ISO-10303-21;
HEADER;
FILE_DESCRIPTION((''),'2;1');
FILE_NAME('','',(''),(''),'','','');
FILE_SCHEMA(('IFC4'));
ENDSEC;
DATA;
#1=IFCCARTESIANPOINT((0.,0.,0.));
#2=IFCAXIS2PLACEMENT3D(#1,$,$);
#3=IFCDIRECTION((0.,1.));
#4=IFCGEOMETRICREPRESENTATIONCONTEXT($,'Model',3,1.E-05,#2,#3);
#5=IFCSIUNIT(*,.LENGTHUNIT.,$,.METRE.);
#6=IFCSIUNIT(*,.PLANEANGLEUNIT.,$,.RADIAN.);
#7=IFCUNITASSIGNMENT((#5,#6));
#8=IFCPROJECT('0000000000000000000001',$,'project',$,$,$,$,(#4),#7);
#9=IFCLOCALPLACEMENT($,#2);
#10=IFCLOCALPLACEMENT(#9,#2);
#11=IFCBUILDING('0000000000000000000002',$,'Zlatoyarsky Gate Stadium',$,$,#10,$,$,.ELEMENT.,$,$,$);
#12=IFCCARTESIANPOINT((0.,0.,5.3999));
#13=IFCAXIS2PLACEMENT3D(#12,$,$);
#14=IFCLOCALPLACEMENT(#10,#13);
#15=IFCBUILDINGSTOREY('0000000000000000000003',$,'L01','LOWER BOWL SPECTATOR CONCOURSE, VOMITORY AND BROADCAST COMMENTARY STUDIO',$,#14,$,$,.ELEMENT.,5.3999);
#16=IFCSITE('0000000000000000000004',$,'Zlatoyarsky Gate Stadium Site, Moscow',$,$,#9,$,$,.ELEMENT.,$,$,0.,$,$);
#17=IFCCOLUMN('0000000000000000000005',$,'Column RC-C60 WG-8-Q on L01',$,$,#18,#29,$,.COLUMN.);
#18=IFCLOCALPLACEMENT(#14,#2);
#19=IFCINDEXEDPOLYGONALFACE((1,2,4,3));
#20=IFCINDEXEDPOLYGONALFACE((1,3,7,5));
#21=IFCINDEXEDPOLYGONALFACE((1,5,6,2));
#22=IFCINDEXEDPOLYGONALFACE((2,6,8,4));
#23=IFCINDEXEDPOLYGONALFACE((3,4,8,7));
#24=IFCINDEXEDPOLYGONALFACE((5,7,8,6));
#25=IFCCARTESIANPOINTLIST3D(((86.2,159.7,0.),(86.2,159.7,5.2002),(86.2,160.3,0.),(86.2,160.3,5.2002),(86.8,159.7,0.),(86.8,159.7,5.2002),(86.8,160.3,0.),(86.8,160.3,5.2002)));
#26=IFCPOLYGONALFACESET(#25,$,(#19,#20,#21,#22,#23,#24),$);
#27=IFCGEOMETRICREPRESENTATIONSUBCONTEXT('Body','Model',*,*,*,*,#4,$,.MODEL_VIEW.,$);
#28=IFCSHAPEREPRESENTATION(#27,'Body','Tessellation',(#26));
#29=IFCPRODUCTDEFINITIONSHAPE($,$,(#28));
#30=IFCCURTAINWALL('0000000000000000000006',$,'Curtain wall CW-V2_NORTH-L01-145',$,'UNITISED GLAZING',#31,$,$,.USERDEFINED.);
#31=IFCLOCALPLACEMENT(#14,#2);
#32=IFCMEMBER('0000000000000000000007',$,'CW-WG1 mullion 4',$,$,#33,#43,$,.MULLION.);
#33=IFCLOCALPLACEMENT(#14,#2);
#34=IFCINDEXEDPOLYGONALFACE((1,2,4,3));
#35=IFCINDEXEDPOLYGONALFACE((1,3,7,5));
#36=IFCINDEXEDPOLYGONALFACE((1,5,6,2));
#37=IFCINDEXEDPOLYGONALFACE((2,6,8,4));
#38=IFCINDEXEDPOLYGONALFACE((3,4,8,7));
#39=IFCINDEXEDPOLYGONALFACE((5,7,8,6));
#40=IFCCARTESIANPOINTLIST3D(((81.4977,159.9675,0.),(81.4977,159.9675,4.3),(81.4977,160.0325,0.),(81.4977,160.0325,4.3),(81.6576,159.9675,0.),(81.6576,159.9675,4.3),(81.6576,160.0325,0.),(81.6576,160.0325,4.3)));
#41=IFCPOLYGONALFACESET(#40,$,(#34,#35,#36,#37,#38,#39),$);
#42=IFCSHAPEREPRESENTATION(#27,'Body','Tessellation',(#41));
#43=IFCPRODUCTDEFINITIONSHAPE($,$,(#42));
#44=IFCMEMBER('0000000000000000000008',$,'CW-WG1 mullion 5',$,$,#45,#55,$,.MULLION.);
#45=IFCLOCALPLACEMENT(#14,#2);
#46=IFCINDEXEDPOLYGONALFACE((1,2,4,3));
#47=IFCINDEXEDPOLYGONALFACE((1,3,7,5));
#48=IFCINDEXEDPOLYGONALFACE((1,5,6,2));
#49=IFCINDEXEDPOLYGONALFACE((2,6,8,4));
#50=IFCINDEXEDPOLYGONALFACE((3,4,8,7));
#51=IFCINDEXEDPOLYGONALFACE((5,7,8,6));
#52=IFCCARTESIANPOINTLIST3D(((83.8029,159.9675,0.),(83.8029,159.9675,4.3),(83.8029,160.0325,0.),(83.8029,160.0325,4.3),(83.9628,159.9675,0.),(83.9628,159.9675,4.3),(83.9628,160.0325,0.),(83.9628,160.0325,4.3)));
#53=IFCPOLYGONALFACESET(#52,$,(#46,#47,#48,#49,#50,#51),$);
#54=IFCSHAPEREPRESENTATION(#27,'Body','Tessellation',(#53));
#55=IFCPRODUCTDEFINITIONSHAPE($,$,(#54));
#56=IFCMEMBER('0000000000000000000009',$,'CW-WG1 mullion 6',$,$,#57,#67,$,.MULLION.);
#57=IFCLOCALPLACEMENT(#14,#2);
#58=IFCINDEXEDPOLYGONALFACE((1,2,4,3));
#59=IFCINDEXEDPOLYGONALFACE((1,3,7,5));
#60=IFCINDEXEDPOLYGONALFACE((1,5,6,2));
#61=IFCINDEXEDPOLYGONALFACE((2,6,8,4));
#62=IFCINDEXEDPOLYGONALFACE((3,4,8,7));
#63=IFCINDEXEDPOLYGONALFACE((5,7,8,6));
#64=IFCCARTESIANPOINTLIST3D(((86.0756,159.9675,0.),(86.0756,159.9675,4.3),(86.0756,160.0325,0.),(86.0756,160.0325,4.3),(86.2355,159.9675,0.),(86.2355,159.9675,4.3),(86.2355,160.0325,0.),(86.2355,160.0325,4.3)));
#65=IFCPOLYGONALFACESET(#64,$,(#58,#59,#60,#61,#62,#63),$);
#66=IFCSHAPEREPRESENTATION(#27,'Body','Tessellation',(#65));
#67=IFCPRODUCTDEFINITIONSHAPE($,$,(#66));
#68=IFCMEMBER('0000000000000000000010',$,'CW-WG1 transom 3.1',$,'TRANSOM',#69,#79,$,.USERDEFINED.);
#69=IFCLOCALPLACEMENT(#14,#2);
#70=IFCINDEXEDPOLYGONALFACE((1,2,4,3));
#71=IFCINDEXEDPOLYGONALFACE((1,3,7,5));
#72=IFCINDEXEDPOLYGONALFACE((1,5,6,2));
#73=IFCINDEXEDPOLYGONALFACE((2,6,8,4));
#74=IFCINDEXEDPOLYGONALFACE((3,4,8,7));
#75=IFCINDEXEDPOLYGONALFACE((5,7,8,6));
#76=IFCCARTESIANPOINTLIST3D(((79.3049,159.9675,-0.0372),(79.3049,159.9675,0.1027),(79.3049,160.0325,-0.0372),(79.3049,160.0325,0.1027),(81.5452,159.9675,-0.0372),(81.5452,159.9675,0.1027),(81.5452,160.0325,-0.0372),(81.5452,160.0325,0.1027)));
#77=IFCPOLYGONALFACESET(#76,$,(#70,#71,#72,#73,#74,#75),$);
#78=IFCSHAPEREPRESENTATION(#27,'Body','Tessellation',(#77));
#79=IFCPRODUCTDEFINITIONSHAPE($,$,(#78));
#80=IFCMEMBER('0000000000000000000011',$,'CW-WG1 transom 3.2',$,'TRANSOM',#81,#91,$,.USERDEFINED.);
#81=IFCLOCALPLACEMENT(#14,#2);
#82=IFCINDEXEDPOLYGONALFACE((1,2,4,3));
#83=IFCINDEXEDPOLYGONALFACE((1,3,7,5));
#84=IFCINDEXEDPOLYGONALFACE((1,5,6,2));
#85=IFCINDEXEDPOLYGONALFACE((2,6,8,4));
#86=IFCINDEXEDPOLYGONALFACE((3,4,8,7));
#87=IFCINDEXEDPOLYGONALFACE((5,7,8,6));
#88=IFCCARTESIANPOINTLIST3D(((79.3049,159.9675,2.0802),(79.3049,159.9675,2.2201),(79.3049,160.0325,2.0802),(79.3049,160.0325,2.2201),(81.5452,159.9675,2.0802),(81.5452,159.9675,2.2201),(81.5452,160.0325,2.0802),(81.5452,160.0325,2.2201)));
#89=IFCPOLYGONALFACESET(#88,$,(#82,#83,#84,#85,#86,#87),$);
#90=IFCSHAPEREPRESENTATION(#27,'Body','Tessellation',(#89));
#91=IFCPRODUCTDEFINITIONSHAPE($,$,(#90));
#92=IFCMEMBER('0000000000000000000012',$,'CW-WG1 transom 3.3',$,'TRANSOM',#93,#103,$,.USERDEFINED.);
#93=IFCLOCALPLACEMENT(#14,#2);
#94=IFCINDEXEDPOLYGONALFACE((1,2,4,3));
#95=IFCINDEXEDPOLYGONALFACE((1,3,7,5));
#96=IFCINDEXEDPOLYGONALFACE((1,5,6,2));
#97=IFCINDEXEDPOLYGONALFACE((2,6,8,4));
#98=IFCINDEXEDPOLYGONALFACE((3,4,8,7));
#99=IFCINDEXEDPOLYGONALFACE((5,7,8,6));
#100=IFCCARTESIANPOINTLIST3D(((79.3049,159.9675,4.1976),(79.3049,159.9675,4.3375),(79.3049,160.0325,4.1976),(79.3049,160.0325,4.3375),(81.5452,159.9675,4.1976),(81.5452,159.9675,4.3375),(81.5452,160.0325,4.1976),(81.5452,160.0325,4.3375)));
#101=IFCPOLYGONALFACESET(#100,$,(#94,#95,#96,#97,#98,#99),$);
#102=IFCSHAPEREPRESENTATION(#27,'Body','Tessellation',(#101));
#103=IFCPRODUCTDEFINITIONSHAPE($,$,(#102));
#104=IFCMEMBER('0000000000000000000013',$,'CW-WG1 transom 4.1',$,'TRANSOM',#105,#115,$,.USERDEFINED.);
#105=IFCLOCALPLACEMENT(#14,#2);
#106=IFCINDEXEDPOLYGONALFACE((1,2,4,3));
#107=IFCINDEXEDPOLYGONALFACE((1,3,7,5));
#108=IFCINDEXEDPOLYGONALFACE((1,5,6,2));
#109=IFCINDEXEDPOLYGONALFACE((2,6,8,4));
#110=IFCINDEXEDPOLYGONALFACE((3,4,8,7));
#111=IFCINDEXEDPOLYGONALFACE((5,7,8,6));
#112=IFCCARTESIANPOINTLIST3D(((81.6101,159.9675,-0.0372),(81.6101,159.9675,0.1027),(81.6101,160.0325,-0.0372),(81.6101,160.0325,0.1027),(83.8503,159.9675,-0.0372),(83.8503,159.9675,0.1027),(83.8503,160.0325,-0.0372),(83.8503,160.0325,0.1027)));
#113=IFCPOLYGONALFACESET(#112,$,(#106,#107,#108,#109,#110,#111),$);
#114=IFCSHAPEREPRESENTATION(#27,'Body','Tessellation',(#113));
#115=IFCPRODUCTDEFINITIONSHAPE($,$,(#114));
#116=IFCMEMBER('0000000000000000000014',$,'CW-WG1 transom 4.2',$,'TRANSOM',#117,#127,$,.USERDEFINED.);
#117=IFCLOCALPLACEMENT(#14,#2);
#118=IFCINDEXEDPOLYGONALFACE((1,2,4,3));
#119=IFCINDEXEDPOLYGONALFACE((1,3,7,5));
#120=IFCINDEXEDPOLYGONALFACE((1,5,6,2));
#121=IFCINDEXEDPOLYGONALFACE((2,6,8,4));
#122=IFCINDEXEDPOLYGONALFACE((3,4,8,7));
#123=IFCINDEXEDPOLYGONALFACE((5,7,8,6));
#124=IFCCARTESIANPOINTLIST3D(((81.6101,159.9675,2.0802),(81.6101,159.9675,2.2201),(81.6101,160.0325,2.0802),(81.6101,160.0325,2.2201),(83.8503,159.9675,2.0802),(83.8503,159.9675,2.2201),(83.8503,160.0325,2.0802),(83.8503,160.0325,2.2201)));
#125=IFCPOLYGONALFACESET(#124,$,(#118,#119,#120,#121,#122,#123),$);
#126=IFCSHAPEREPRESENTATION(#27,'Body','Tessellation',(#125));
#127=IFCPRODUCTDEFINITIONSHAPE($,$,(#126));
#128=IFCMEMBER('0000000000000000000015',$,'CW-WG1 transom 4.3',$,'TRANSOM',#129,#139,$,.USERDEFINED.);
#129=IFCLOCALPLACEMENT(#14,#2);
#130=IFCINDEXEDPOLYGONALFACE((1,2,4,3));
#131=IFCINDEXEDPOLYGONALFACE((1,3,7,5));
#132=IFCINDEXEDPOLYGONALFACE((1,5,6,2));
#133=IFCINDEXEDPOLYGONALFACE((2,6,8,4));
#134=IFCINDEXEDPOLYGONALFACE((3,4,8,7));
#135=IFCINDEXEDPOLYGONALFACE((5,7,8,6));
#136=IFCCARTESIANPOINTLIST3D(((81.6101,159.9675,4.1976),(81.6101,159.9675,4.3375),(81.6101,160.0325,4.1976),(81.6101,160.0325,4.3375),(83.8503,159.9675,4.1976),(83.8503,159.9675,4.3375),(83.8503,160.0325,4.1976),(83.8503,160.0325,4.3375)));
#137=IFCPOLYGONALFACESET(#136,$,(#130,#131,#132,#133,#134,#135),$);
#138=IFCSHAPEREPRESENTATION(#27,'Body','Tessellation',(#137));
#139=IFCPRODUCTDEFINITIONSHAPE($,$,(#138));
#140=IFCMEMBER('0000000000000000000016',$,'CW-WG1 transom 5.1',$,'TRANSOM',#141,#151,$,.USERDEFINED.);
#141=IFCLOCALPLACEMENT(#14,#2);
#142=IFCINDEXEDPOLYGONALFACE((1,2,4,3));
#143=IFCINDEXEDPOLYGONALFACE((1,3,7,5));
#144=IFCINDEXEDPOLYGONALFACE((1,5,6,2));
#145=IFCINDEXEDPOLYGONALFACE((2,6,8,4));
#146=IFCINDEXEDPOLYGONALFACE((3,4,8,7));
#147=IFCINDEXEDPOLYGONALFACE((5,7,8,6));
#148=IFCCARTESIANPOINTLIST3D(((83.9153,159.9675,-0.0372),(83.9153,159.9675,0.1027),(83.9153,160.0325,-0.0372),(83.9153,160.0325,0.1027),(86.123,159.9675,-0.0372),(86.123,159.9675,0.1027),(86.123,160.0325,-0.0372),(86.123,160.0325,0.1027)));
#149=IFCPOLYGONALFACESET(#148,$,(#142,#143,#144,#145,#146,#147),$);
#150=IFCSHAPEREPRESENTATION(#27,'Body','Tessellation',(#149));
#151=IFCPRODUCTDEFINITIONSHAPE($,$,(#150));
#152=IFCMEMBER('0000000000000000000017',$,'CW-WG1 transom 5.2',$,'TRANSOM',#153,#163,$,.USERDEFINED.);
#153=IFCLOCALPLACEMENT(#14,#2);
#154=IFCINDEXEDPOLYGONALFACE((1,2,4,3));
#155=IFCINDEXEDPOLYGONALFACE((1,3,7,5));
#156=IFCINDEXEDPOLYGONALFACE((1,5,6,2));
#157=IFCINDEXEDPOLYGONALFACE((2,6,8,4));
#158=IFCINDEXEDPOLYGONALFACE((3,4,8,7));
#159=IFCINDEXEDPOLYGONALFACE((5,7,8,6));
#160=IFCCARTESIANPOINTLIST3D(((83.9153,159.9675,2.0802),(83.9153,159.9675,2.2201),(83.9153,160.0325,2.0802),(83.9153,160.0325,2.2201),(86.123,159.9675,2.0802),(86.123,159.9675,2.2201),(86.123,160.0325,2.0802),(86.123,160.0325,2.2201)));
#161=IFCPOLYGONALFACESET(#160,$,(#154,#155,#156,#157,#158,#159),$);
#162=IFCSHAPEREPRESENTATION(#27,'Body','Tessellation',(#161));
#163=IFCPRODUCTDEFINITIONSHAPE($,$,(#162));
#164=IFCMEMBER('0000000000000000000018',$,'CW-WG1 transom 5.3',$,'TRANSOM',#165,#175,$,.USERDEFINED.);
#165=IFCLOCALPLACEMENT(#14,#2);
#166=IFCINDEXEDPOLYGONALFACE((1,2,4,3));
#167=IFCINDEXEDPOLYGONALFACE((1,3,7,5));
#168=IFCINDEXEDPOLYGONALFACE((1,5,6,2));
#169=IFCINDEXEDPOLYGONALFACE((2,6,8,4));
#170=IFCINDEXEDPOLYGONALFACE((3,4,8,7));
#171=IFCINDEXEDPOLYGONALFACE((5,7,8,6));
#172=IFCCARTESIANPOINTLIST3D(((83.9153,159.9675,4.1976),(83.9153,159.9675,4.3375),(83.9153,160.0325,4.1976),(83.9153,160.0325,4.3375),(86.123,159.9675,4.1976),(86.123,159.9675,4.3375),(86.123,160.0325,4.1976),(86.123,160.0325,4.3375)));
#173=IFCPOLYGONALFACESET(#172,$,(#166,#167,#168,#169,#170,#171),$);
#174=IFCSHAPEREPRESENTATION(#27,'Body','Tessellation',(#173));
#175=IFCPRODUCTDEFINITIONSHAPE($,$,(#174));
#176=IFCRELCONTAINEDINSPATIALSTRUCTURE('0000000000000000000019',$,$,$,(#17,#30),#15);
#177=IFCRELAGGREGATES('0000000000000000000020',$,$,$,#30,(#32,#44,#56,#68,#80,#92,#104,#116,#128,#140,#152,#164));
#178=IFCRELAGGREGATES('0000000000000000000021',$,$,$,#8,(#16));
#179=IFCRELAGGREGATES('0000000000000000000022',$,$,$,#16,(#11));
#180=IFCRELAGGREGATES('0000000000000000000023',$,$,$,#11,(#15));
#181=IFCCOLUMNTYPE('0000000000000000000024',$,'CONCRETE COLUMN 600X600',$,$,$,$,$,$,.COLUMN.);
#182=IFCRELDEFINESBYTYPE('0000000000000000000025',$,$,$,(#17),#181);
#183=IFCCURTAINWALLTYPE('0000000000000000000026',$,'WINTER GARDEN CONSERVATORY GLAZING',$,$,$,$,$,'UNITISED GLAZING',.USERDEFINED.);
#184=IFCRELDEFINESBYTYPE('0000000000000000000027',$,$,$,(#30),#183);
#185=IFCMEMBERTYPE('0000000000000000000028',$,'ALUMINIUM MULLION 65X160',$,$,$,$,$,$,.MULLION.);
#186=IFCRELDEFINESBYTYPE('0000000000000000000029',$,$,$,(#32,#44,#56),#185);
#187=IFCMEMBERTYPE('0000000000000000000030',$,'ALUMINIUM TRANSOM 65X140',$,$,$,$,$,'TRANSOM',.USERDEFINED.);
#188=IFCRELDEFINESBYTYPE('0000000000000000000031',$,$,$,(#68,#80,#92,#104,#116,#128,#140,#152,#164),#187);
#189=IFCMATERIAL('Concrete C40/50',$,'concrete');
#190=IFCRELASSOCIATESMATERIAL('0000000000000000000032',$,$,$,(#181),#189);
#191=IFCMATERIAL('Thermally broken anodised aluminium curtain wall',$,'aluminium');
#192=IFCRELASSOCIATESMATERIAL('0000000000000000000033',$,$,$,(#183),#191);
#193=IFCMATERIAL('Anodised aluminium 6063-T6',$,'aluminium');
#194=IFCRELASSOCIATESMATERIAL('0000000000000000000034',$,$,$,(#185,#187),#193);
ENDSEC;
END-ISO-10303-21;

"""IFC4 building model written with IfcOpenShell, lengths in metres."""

from ifc_helpers import new_model, si_unit, direction, frame, origin, origin_2d, place, context, subcontext, project, spatial, rectangle, extrude, material, material_profile, profile_set, type_object, element, aggregate, save


model = new_model("IFC4")

# Units and contexts
model_context = context("Model", 3, precision=1e-05, world=origin(), true_north=direction((0.0, 1.0)))
body_context = subcontext(model_context, "Body", "Model", "MODEL_VIEW")
ifc_project = project(units=[si_unit("LENGTHUNIT", "METRE"), si_unit("PLANEANGLEUNIT", "RADIAN")], contexts=[model_context])

# Site, building, storey
site_placement = place(None, origin())
site = spatial("IfcSite", under=ifc_project, at=site_placement, Name="Zlatoyarsky Gate Stadium Site, Moscow", CompositionType="ELEMENT", RefElevation=0.0)
building_placement = place(site_placement, origin())
building = spatial("IfcBuilding", under=site, at=building_placement, Name="Zlatoyarsky Gate Stadium", CompositionType="ELEMENT")
storey_placement = place(building_placement, frame((0.0, 0.0, 5.3999)))
storey = spatial("IfcBuildingStorey", under=building, at=storey_placement, Name="L01", Description="LOWER BOWL SPECTATOR CONCOURSE, VOMITORY AND BROADCAST COMMENTARY STUDIO", CompositionType="ELEMENT", Elevation=5.3999)

# Column
ifc_material_1 = material(Name="Concrete C40/50", Category="concrete")
ifc_material_profile_1 = material_profile(ifc_material_1, rectangle(XDim=0.6001, YDim=0.6001, at=origin_2d()), Name="RC COL 600X600")
ifc_profile_set_1 = profile_set([ifc_material_profile_1], Name="Concrete C40/50")
column_type = type_object("IfcColumnType", Name="CONCRETE COLUMN 600X600", PredefinedType="COLUMN", material=ifc_profile_set_1)
column_placement = place(storey_placement, frame((86.5, 160.0, 0.0), z_axis=(0.0, 0.0, 1.0), x_axis=(1.0, 0.0, 0.0)))
element("IfcColumn", 1, at=column_placement, inside=storey, type_object=column_type, Name="Column RC-C60 WG-8-Q on L01", PredefinedType="COLUMN", context=body_context, shape_type="SweptSolid", body=[
    extrude(rectangle(XDim=0.6001, YDim=0.6001, at=origin_2d()), origin(), (0.0, 0.0, 1.0), 5.2002),
])

# Curtain wall, members
ifc_material_2 = material(Name="Thermally broken anodised aluminium curtain wall", Category="aluminium")
curtain_wall_type = type_object("IfcCurtainWallType", Name="WINTER GARDEN CONSERVATORY GLAZING", ElementType="UNITISED GLAZING", PredefinedType="USERDEFINED", material=ifc_material_2)
curtain_wall_placement = place(storey_placement, origin())
curtain_wall = element("IfcCurtainWall", 2, at=curtain_wall_placement, inside=storey, type_object=curtain_wall_type, Name="Curtain wall CW-V2_NORTH-L01-145", ObjectType="UNITISED GLAZING", PredefinedType="USERDEFINED")
ifc_material_3 = material(Name="Anodised aluminium 6063-T6", Category="aluminium")
ifc_material_profile_2 = material_profile(ifc_material_3, rectangle(XDim=0.0649, YDim=0.1599, at=origin_2d()), Name="ALU 65X160")
ifc_profile_set_2 = profile_set([ifc_material_profile_2], Name="Anodised aluminium 6063-T6")
member_type_1 = type_object("IfcMemberType", Name="ALUMINIUM MULLION 65X160", PredefinedType="MULLION", material=ifc_profile_set_2)
member_1_placement = place(storey_placement, frame((81.5776, 160.0, 0.0), z_axis=(0.0, 0.0, 1.0), x_axis=(0.0, 1.0, 0.0)))
member_1 = element("IfcMember", 3, at=member_1_placement, type_object=member_type_1, Name="CW-WG1 mullion 4", PredefinedType="MULLION", context=body_context, shape_type="SweptSolid", body=[
    extrude(rectangle(XDim=0.0649, YDim=0.1599, at=origin_2d()), origin(), (0.0, 0.0, 1.0), 4.3),
])
member_2_placement = place(storey_placement, frame((83.8828, 160.0, 0.0), z_axis=(0.0, 0.0, 1.0), x_axis=(0.0, 1.0, 0.0)))
member_2 = element("IfcMember", 4, at=member_2_placement, type_object=member_type_1, Name="CW-WG1 mullion 5", PredefinedType="MULLION", context=body_context, shape_type="SweptSolid", body=[
    extrude(rectangle(XDim=0.0649, YDim=0.1599, at=origin_2d()), origin(), (0.0, 0.0, 1.0), 4.3),
])
member_3_placement = place(storey_placement, frame((86.1555, 160.0, 0.0), z_axis=(0.0, 0.0, 1.0), x_axis=(0.0, 1.0, 0.0)))
member_3 = element("IfcMember", 5, at=member_3_placement, type_object=member_type_1, Name="CW-WG1 mullion 6", PredefinedType="MULLION", context=body_context, shape_type="SweptSolid", body=[
    extrude(rectangle(XDim=0.0649, YDim=0.1599, at=origin_2d()), origin(), (0.0, 0.0, 1.0), 4.3),
])
ifc_material_profile_3 = material_profile(ifc_material_3, rectangle(XDim=0.0649, YDim=0.1399, at=origin_2d()), Name="ALU 65X140")
ifc_profile_set_3 = profile_set([ifc_material_profile_3], Name="Anodised aluminium 6063-T6")
member_type_2 = type_object("IfcMemberType", Name="ALUMINIUM TRANSOM 65X140", ElementType="TRANSOM", PredefinedType="USERDEFINED", material=ifc_profile_set_3)
member_4_placement = place(storey_placement, frame((79.3049, 160.0, 0.0327), z_axis=(1.0, 0.0, 0.0), x_axis=(0.0, 1.0, 0.0)))
member_4 = element("IfcMember", 6, at=member_4_placement, type_object=member_type_2, Name="CW-WG1 transom 3.1", ObjectType="TRANSOM", PredefinedType="USERDEFINED", context=body_context, shape_type="SweptSolid", body=[
    extrude(rectangle(XDim=0.0649, YDim=0.1399, at=origin_2d()), origin(), (0.0, 0.0, 1.0), 2.2402),
])
member_5_placement = place(storey_placement, frame((79.3049, 160.0, 2.1501), z_axis=(1.0, 0.0, 0.0), x_axis=(0.0, 1.0, 0.0)))
member_5 = element("IfcMember", 7, at=member_5_placement, type_object=member_type_2, Name="CW-WG1 transom 3.2", ObjectType="TRANSOM", PredefinedType="USERDEFINED", context=body_context, shape_type="SweptSolid", body=[
    extrude(rectangle(XDim=0.0649, YDim=0.1399, at=origin_2d()), origin(), (0.0, 0.0, 1.0), 2.2402),
])
member_6_placement = place(storey_placement, frame((79.3049, 160.0, 4.2676), z_axis=(1.0, 0.0, 0.0), x_axis=(0.0, 1.0, 0.0)))
member_6 = element("IfcMember", 8, at=member_6_placement, type_object=member_type_2, Name="CW-WG1 transom 3.3", ObjectType="TRANSOM", PredefinedType="USERDEFINED", context=body_context, shape_type="SweptSolid", body=[
    extrude(rectangle(XDim=0.0649, YDim=0.1399, at=origin_2d()), origin(), (0.0, 0.0, 1.0), 2.2402),
])
member_7_placement = place(storey_placement, frame((81.6101, 160.0, 0.0327), z_axis=(1.0, 0.0, 0.0), x_axis=(0.0, 1.0, 0.0)))
member_7 = element("IfcMember", 9, at=member_7_placement, type_object=member_type_2, Name="CW-WG1 transom 4.1", ObjectType="TRANSOM", PredefinedType="USERDEFINED", context=body_context, shape_type="SweptSolid", body=[
    extrude(rectangle(XDim=0.0649, YDim=0.1399, at=origin_2d()), origin(), (0.0, 0.0, 1.0), 2.2402),
])
member_8_placement = place(storey_placement, frame((81.6101, 160.0, 2.1501), z_axis=(1.0, 0.0, 0.0), x_axis=(0.0, 1.0, 0.0)))
member_8 = element("IfcMember", 10, at=member_8_placement, type_object=member_type_2, Name="CW-WG1 transom 4.2", ObjectType="TRANSOM", PredefinedType="USERDEFINED", context=body_context, shape_type="SweptSolid", body=[
    extrude(rectangle(XDim=0.0649, YDim=0.1399, at=origin_2d()), origin(), (0.0, 0.0, 1.0), 2.2402),
])
member_9_placement = place(storey_placement, frame((81.6101, 160.0, 4.2676), z_axis=(1.0, 0.0, 0.0), x_axis=(0.0, 1.0, 0.0)))
member_9 = element("IfcMember", 11, at=member_9_placement, type_object=member_type_2, Name="CW-WG1 transom 4.3", ObjectType="TRANSOM", PredefinedType="USERDEFINED", context=body_context, shape_type="SweptSolid", body=[
    extrude(rectangle(XDim=0.0649, YDim=0.1399, at=origin_2d()), origin(), (0.0, 0.0, 1.0), 2.2402),
])
member_10_placement = place(storey_placement, frame((83.9153, 160.0, 0.0327), z_axis=(1.0, 0.0, 0.0), x_axis=(0.0, 1.0, 0.0)))
member_10 = element("IfcMember", 12, at=member_10_placement, type_object=member_type_2, Name="CW-WG1 transom 5.1", ObjectType="TRANSOM", PredefinedType="USERDEFINED", context=body_context, shape_type="SweptSolid", body=[
    extrude(rectangle(XDim=0.0649, YDim=0.1399, at=origin_2d()), origin(), (0.0, 0.0, 1.0), 2.2078),
])
member_11_placement = place(storey_placement, frame((83.9153, 160.0, 2.1501), z_axis=(1.0, 0.0, 0.0), x_axis=(0.0, 1.0, 0.0)))
member_11 = element("IfcMember", 13, at=member_11_placement, type_object=member_type_2, Name="CW-WG1 transom 5.2", ObjectType="TRANSOM", PredefinedType="USERDEFINED", context=body_context, shape_type="SweptSolid", body=[
    extrude(rectangle(XDim=0.0649, YDim=0.1399, at=origin_2d()), origin(), (0.0, 0.0, 1.0), 2.2078),
])
member_12_placement = place(storey_placement, frame((83.9153, 160.0, 4.2676), z_axis=(1.0, 0.0, 0.0), x_axis=(0.0, 1.0, 0.0)))
member_12 = element("IfcMember", 14, at=member_12_placement, type_object=member_type_2, Name="CW-WG1 transom 5.3", ObjectType="TRANSOM", PredefinedType="USERDEFINED", context=body_context, shape_type="SweptSolid", body=[
    extrude(rectangle(XDim=0.0649, YDim=0.1399, at=origin_2d()), origin(), (0.0, 0.0, 1.0), 2.2078),
])

aggregate(curtain_wall, [member_1, member_2, member_3, member_4, member_5, member_6, member_7, member_8, member_9, member_10, member_11, member_12])

save(model, "model.ifc")
